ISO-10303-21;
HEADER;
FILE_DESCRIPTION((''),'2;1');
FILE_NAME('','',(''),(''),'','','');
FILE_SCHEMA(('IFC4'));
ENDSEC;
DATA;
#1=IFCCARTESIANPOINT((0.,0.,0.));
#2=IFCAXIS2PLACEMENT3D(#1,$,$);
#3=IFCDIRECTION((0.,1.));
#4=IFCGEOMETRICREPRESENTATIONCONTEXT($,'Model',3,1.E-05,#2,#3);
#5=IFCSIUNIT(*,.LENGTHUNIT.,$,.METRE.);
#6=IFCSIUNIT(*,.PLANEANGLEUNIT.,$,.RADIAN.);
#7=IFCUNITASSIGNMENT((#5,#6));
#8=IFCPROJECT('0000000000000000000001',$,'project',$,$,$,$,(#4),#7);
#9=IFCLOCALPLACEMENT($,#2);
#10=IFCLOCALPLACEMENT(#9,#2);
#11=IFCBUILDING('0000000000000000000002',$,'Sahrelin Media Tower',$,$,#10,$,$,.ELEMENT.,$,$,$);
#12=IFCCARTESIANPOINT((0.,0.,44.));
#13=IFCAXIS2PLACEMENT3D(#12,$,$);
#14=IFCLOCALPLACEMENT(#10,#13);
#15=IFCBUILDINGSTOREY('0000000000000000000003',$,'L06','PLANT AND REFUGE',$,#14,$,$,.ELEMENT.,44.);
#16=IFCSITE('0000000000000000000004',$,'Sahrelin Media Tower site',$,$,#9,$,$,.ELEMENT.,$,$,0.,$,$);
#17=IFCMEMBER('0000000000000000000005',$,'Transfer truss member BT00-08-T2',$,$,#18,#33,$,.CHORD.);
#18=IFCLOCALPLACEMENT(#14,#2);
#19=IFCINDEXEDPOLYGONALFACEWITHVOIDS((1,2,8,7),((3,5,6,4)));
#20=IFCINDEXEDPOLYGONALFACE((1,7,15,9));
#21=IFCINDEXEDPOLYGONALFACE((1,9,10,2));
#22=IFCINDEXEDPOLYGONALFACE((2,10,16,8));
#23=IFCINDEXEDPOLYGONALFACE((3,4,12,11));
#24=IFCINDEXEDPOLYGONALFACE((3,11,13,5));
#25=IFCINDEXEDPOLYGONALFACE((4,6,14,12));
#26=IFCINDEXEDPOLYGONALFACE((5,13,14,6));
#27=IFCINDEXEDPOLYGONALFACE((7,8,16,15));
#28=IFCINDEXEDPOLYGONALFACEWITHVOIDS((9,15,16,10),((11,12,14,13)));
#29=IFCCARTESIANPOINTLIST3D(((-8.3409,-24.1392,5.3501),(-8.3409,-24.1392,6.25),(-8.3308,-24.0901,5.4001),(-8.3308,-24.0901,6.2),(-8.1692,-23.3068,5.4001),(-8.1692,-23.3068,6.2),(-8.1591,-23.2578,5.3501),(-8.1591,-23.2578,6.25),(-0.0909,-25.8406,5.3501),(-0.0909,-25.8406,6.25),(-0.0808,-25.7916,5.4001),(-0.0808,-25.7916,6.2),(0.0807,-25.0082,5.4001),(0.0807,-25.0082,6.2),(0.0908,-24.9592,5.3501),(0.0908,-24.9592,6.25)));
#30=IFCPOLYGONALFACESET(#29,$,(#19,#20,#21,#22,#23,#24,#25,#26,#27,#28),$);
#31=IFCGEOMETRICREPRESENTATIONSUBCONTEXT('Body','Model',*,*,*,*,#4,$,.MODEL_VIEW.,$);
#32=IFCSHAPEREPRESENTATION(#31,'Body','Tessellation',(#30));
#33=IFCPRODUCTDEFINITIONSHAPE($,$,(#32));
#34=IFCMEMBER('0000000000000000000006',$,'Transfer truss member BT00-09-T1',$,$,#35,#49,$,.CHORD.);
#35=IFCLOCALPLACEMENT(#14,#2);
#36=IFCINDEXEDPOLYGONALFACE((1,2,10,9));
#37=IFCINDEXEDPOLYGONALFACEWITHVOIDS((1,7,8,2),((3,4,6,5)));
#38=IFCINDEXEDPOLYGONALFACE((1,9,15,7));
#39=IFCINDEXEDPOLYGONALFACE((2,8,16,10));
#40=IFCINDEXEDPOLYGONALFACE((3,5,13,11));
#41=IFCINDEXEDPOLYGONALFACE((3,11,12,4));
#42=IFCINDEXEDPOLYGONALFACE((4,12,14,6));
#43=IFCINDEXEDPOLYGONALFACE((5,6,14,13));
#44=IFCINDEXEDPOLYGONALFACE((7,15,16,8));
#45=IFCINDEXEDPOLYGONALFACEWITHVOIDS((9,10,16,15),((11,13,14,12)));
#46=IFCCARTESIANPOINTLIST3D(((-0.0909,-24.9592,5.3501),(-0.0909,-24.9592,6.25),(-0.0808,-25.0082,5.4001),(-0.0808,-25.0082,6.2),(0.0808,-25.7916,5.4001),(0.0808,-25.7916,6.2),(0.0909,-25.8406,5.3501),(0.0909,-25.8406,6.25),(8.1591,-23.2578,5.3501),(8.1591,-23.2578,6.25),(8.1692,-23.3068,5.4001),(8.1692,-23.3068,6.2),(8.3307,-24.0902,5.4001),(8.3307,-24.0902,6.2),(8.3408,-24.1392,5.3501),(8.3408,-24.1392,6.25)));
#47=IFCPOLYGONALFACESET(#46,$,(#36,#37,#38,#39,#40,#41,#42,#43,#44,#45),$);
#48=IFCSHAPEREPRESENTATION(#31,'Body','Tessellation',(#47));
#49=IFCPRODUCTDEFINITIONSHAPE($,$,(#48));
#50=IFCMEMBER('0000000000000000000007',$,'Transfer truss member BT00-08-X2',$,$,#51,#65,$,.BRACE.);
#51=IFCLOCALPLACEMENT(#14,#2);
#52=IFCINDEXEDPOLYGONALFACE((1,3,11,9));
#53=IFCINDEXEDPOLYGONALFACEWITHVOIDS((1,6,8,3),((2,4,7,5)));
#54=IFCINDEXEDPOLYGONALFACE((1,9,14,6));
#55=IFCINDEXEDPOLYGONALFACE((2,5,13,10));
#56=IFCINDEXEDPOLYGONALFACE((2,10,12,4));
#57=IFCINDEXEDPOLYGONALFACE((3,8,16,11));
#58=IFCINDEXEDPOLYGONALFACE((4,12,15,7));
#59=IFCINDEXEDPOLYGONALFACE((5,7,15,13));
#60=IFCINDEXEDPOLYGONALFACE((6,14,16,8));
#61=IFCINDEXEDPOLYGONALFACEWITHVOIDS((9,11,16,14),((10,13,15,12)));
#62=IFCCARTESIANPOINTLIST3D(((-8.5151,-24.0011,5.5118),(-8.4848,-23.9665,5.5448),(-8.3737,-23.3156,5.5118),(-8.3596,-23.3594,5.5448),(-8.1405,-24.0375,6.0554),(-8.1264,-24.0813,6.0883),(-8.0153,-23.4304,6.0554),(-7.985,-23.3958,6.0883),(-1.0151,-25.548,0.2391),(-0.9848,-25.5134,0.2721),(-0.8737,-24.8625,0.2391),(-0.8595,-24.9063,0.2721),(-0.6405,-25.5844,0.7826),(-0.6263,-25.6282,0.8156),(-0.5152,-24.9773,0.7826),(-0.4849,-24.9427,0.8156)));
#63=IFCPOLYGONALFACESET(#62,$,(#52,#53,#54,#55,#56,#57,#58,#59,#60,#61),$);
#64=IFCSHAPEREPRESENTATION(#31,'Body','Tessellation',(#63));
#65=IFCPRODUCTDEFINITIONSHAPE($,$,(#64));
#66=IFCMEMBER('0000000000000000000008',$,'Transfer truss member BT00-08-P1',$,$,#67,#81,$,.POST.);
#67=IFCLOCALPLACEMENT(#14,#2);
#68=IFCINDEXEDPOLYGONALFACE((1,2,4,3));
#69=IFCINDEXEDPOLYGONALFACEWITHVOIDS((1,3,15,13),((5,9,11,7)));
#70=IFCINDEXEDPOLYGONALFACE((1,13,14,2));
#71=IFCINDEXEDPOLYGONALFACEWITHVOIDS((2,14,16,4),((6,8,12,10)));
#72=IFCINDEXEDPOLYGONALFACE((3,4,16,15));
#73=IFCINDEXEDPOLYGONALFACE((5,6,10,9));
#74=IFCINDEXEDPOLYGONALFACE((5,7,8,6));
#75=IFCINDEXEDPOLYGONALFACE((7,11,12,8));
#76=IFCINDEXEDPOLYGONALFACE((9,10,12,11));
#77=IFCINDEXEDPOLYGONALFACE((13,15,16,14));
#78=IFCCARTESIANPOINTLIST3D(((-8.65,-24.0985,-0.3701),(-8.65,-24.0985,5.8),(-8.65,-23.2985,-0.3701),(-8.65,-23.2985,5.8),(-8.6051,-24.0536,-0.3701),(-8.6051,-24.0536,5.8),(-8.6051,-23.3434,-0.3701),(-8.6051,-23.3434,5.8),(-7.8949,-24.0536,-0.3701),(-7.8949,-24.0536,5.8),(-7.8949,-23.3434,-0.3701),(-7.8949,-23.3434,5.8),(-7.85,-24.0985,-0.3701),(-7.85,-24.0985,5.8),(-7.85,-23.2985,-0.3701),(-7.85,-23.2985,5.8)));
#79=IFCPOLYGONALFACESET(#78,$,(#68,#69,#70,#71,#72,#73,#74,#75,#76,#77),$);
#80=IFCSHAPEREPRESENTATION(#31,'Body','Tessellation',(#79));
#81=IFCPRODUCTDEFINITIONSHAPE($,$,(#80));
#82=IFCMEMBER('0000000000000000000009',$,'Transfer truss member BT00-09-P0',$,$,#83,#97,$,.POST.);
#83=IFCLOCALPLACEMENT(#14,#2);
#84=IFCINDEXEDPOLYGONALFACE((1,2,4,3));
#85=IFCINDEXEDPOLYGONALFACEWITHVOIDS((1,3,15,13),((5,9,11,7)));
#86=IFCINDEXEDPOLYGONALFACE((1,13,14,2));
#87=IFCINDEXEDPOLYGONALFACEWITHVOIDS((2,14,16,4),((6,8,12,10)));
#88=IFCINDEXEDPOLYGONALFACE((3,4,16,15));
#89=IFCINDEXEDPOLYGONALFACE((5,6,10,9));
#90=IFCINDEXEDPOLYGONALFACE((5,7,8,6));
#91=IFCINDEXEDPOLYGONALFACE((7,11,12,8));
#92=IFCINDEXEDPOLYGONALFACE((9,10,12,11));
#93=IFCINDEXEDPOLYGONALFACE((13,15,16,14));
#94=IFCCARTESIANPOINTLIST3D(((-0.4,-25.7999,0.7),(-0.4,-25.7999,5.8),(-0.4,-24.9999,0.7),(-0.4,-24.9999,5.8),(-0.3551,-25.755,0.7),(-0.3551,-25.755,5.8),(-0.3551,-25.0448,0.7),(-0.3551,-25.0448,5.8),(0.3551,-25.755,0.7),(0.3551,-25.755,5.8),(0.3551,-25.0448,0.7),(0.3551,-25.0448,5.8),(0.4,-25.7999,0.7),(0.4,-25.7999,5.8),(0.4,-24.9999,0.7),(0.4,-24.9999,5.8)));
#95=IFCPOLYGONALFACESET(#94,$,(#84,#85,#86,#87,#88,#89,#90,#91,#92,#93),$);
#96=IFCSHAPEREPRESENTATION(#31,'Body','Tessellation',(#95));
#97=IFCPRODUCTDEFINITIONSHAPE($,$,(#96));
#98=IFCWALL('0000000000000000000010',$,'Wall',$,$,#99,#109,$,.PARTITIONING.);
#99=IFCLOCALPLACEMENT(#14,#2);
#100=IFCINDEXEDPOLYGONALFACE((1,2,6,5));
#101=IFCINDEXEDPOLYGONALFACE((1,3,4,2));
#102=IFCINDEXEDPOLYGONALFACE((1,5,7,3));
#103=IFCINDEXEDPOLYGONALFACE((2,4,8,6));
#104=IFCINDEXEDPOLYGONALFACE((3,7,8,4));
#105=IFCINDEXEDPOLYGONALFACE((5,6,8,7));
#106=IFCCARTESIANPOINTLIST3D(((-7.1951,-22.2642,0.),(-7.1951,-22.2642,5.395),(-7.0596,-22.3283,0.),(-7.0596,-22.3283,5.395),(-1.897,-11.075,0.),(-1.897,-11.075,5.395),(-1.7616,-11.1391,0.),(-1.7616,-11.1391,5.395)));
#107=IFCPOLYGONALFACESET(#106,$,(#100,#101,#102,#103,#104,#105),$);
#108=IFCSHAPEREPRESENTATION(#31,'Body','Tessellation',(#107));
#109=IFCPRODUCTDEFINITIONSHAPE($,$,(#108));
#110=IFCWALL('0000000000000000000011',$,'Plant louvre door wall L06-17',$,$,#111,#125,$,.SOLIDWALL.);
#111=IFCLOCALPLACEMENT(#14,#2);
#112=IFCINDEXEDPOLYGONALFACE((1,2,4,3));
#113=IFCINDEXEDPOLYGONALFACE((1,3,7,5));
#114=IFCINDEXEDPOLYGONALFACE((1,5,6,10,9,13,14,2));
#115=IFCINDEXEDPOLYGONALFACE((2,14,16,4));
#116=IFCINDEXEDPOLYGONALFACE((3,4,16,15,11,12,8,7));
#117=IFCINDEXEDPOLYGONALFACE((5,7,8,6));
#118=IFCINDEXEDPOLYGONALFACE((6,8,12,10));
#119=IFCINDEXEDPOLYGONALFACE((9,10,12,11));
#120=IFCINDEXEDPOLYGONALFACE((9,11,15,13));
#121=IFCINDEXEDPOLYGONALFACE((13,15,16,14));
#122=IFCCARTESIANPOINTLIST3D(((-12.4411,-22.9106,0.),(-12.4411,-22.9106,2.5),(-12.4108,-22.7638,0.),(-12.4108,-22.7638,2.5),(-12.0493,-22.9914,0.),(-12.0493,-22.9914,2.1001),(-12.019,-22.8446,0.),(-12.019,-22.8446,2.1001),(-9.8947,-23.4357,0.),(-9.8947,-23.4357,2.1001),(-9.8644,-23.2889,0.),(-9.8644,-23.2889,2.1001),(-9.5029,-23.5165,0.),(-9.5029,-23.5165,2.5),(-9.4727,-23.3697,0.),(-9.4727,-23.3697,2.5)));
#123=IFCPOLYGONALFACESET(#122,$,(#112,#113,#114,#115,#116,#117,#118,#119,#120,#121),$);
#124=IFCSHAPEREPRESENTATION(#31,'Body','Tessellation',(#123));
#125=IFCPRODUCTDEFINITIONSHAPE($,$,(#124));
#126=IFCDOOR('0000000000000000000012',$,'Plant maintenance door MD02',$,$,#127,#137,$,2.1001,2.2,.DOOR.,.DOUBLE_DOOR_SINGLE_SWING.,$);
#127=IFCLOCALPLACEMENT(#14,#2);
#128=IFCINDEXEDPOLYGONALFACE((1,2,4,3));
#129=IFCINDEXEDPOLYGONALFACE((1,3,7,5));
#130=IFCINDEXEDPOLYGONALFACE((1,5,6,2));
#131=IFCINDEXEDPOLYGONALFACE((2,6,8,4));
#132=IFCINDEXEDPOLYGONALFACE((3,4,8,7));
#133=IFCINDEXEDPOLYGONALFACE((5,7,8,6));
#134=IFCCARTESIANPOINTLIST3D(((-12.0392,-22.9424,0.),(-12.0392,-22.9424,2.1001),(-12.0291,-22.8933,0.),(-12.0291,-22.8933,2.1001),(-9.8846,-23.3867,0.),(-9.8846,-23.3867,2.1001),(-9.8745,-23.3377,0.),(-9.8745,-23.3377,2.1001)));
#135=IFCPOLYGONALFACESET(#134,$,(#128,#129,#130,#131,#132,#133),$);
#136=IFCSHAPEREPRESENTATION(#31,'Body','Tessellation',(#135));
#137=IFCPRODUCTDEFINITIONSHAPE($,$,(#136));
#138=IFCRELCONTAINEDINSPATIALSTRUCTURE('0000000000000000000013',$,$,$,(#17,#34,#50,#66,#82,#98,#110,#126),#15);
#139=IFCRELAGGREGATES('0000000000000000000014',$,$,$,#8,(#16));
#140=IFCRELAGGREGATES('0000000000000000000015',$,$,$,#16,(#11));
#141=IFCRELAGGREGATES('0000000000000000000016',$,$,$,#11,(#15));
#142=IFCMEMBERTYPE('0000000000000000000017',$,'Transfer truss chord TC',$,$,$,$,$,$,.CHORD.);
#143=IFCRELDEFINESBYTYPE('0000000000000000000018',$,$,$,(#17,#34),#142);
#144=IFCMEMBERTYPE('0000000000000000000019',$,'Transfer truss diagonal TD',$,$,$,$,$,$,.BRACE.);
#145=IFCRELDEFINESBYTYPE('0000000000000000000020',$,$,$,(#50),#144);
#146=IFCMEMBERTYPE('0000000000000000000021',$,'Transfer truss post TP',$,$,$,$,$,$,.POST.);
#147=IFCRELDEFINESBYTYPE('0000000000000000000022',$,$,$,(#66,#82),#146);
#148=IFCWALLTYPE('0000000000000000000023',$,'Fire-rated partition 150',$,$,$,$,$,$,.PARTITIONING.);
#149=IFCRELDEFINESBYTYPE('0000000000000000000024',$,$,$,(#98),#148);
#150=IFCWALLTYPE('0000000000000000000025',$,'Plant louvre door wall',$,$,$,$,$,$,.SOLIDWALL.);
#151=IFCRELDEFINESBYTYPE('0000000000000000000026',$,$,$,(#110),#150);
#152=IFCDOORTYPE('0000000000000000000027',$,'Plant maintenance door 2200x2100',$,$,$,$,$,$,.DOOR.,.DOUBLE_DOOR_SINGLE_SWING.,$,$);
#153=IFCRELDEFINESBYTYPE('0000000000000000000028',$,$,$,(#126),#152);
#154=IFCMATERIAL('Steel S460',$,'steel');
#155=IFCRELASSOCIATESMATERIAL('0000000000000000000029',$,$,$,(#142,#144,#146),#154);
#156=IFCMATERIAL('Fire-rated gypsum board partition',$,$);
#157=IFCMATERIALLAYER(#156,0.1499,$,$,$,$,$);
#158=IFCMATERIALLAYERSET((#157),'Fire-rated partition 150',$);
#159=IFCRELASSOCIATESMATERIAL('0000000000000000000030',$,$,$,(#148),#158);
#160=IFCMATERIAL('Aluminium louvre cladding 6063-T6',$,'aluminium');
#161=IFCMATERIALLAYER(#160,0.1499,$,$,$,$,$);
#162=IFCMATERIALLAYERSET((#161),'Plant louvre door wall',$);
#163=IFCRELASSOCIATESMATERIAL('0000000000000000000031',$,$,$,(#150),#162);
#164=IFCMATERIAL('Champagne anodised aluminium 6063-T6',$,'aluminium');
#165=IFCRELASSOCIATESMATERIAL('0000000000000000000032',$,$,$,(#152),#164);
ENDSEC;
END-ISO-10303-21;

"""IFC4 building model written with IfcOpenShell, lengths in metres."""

from ifc_helpers import new_model, si_unit, direction, frame, frame_2d, origin, origin_2d, place, context, subcontext, project, spatial, rectangle, hollow_rectangle, extrude, material, layer, layer_set, material_profile, profile_set, type_object, element, fill, save


model = new_model("IFC4")

# Units and contexts
model_context = context("Model", 3, precision=1e-05, world=origin(), true_north=direction((0.0, 1.0)))
body_context = subcontext(model_context, "Body", "Model", "MODEL_VIEW")
ifc_project = project(units=[si_unit("LENGTHUNIT", "METRE"), si_unit("PLANEANGLEUNIT", "RADIAN")], contexts=[model_context])

# Site, building, storey
site_placement = place(None, origin())
site = spatial("IfcSite", under=ifc_project, at=site_placement, Name="Sahrelin Media Tower site", CompositionType="ELEMENT", RefElevation=0.0)
building_placement = place(site_placement, origin())
building = spatial("IfcBuilding", under=site, at=building_placement, Name="Sahrelin Media Tower", CompositionType="ELEMENT")
storey_placement = place(building_placement, frame((0.0, 0.0, 44.0)))
storey = spatial("IfcBuildingStorey", under=building, at=storey_placement, Name="L06", Description="PLANT AND REFUGE", CompositionType="ELEMENT", Elevation=44.0)

# Shared definitions
ifc_material_1 = material(Name="Steel S460", Category="steel")

# Members
ifc_material_profile_1 = material_profile(ifc_material_1, hollow_rectangle(XDim=0.8999, YDim=0.8999, WallThickness=0.05, at=origin_2d()), Name="Transfer truss chord TC")
ifc_profile_set_1 = profile_set([ifc_material_profile_1], Name="Steel S460")
member_type_1 = type_object("IfcMemberType", Name="Transfer truss chord TC", PredefinedType="CHORD", material=ifc_profile_set_1)
for number, where, z_axis, x_axis, name in (
    (1, (-8.25, -23.6985, 5.8), (0.979389, -0.201982, 0.0), (0.201982, 0.979389, 0.0), "Transfer truss member BT00-08-T2"),
    (2, (0.0, -25.3999, 5.8), (0.979389, 0.201982, 0.0), (-0.201982, 0.979389, 0.0), "Transfer truss member BT00-09-T1"),
):
    element("IfcMember", number, at=place(storey_placement, frame(where, z_axis=z_axis, x_axis=x_axis)), inside=storey, type_object=member_type_1, Name=name, PredefinedType="CHORD", context=body_context, shape_type="SweptSolid", body=[
        extrude(hollow_rectangle(XDim=0.8999, YDim=0.8999, WallThickness=0.05, at=origin_2d()), origin(), (0.0, 0.0, 1.0), 8.4236),
    ])
ifc_material_profile_2 = material_profile(ifc_material_1, hollow_rectangle(XDim=0.7, YDim=0.7, WallThickness=0.04, at=origin_2d()), Name="Transfer truss diagonal TD")
ifc_profile_set_2 = profile_set([ifc_material_profile_2], Name="Steel S460")
member_type_2 = type_object("IfcMemberType", Name="Transfer truss diagonal TD", PredefinedType="BRACE", material=ifc_profile_set_2)
member_1_placement = place(storey_placement, frame((-0.75, -25.2454, 0.5273), z_axis=(-0.806665, 0.166375, 0.567108), x_axis=(-0.201998, -0.979386, 0.0)))
element("IfcMember", 3, at=member_1_placement, inside=storey, type_object=member_type_2, Name="Transfer truss member BT00-08-X2", PredefinedType="BRACE", context=body_context, shape_type="SweptSolid", body=[
    extrude(hollow_rectangle(XDim=0.7, YDim=0.7, WallThickness=0.04, at=origin_2d()), origin(), (0.0, 0.0, 1.0), 9.2976),
])
ifc_material_profile_3 = material_profile(ifc_material_1, hollow_rectangle(XDim=0.8, YDim=0.8, WallThickness=0.0449, at=origin_2d()), Name="Transfer truss post TP")
ifc_profile_set_3 = profile_set([ifc_material_profile_3], Name="Steel S460")
member_type_3 = type_object("IfcMemberType", Name="Transfer truss post TP", PredefinedType="POST", material=ifc_profile_set_3)
member_2_placement = place(storey_placement, frame((-8.25, -23.6985, -0.3701), z_axis=(0.0, 0.0, 1.0), x_axis=(1.0, 0.0, 0.0)))
element("IfcMember", 4, at=member_2_placement, inside=storey, type_object=member_type_3, Name="Transfer truss member BT00-08-P1", PredefinedType="POST", context=body_context, shape_type="SweptSolid", body=[
    extrude(hollow_rectangle(XDim=0.8, YDim=0.8, WallThickness=0.0449, at=origin_2d()), origin(), (0.0, 0.0, 1.0), 6.1702),
])
member_3_placement = place(storey_placement, frame((0.0, -25.3999, 0.7), z_axis=(0.0, 0.0, 1.0), x_axis=(1.0, 0.0, 0.0)))
element("IfcMember", 5, at=member_3_placement, inside=storey, type_object=member_type_3, Name="Transfer truss member BT00-09-P0", PredefinedType="POST", context=body_context, shape_type="SweptSolid", body=[
    extrude(hollow_rectangle(XDim=0.8, YDim=0.8, WallThickness=0.0449, at=origin_2d()), origin(), (0.0, 0.0, 1.0), 5.1001),
])

# Wall
ifc_material_2 = material(Name="Fire-rated gypsum board partition")
ifc_layer_1 = layer(ifc_material_2, 0.1499)
ifc_layer_set_1 = layer_set([ifc_layer_1], Name="Fire-rated partition 150")
wall_type_1 = type_object("IfcWallType", Name="Fire-rated partition 150", PredefinedType="PARTITIONING", material=ifc_layer_set_1)
wall_1_placement = place(storey_placement, frame((-1.8293, -11.1072, 0.0), z_axis=(0.0, 0.0, 1.0), x_axis=(-0.427951, -0.903802, 0.0)))
element("IfcWall", 6, at=wall_1_placement, inside=storey, type_object=wall_type_1, Name="Wall", PredefinedType="PARTITIONING", context=body_context, shape_type="SweptSolid", body=[
    extrude(rectangle(XDim=12.3801, YDim=0.1499, at=frame_2d((6.1899, 0.0))), origin(), (0.0, 0.0, 1.0), 5.395),
])

# Wall, opening, door
ifc_material_3 = material(Name="Aluminium louvre cladding 6063-T6", Category="aluminium")
ifc_layer_2 = layer(ifc_material_3, 0.1499)
ifc_layer_set_2 = layer_set([ifc_layer_2], Name="Plant louvre door wall")
wall_type_2 = type_object("IfcWallType", Name="Plant louvre door wall", PredefinedType="SOLIDWALL", material=ifc_layer_set_2)
wall_2_placement = place(storey_placement, frame((-9.4878, -23.4431, 0.0), z_axis=(0.0, 0.0, 1.0), x_axis=(-0.979389, 0.201981, 0.0)))
wall_2 = element("IfcWall", 7, at=wall_2_placement, inside=storey, type_object=wall_type_2, Name="Plant louvre door wall L06-17", PredefinedType="SOLIDWALL", context=body_context, shape_type="SweptSolid", body=[
    extrude(rectangle(XDim=3.0, YDim=0.1499, at=frame_2d((1.5, 0.0))), origin(), (0.0, 0.0, 1.0), 2.5),
])
opening_placement = place(wall_2_placement, frame((0.3999, 0.0, 0.0)))
opening = element("IfcOpeningElement", 8, at=opening_placement, cuts=wall_2, PredefinedType="OPENING", context=body_context, shape_type="SweptSolid", body=[
    extrude(rectangle(XDim=2.2, YDim=2.1001, at=frame_2d((1.1001, 1.05))), frame((0.0, 0.075, 0.0), z_axis=(0.0, -1.0, 0.0), x_axis=(1.0, 0.0, 0.0)), (0.0, 0.0, 1.0), 0.1499),
])
ifc_material_4 = material(Name="Champagne anodised aluminium 6063-T6", Category="aluminium")
door_type = type_object("IfcDoorType", Name="Plant maintenance door 2200x2100", OperationType="DOUBLE_DOOR_SINGLE_SWING", PredefinedType="DOOR", material=ifc_material_4)
door_placement = place(opening_placement, origin())
door = element("IfcDoor", 9, at=door_placement, inside=storey, type_object=door_type, Name="Plant maintenance door MD02", OperationType="DOUBLE_DOOR_SINGLE_SWING", OverallHeight=2.1001, OverallWidth=2.2, PredefinedType="DOOR", context=body_context, shape_type="SweptSolid", body=[
    extrude(rectangle(XDim=2.2, YDim=2.1001, at=frame_2d((1.1001, 1.05))), frame((0.0, 0.0249, 0.0), z_axis=(0.0, -1.0, 0.0), x_axis=(1.0, 0.0, 0.0)), (0.0, 0.0, 1.0), 0.05),
])
fill(opening, door)

save(model, "model.ifc")
